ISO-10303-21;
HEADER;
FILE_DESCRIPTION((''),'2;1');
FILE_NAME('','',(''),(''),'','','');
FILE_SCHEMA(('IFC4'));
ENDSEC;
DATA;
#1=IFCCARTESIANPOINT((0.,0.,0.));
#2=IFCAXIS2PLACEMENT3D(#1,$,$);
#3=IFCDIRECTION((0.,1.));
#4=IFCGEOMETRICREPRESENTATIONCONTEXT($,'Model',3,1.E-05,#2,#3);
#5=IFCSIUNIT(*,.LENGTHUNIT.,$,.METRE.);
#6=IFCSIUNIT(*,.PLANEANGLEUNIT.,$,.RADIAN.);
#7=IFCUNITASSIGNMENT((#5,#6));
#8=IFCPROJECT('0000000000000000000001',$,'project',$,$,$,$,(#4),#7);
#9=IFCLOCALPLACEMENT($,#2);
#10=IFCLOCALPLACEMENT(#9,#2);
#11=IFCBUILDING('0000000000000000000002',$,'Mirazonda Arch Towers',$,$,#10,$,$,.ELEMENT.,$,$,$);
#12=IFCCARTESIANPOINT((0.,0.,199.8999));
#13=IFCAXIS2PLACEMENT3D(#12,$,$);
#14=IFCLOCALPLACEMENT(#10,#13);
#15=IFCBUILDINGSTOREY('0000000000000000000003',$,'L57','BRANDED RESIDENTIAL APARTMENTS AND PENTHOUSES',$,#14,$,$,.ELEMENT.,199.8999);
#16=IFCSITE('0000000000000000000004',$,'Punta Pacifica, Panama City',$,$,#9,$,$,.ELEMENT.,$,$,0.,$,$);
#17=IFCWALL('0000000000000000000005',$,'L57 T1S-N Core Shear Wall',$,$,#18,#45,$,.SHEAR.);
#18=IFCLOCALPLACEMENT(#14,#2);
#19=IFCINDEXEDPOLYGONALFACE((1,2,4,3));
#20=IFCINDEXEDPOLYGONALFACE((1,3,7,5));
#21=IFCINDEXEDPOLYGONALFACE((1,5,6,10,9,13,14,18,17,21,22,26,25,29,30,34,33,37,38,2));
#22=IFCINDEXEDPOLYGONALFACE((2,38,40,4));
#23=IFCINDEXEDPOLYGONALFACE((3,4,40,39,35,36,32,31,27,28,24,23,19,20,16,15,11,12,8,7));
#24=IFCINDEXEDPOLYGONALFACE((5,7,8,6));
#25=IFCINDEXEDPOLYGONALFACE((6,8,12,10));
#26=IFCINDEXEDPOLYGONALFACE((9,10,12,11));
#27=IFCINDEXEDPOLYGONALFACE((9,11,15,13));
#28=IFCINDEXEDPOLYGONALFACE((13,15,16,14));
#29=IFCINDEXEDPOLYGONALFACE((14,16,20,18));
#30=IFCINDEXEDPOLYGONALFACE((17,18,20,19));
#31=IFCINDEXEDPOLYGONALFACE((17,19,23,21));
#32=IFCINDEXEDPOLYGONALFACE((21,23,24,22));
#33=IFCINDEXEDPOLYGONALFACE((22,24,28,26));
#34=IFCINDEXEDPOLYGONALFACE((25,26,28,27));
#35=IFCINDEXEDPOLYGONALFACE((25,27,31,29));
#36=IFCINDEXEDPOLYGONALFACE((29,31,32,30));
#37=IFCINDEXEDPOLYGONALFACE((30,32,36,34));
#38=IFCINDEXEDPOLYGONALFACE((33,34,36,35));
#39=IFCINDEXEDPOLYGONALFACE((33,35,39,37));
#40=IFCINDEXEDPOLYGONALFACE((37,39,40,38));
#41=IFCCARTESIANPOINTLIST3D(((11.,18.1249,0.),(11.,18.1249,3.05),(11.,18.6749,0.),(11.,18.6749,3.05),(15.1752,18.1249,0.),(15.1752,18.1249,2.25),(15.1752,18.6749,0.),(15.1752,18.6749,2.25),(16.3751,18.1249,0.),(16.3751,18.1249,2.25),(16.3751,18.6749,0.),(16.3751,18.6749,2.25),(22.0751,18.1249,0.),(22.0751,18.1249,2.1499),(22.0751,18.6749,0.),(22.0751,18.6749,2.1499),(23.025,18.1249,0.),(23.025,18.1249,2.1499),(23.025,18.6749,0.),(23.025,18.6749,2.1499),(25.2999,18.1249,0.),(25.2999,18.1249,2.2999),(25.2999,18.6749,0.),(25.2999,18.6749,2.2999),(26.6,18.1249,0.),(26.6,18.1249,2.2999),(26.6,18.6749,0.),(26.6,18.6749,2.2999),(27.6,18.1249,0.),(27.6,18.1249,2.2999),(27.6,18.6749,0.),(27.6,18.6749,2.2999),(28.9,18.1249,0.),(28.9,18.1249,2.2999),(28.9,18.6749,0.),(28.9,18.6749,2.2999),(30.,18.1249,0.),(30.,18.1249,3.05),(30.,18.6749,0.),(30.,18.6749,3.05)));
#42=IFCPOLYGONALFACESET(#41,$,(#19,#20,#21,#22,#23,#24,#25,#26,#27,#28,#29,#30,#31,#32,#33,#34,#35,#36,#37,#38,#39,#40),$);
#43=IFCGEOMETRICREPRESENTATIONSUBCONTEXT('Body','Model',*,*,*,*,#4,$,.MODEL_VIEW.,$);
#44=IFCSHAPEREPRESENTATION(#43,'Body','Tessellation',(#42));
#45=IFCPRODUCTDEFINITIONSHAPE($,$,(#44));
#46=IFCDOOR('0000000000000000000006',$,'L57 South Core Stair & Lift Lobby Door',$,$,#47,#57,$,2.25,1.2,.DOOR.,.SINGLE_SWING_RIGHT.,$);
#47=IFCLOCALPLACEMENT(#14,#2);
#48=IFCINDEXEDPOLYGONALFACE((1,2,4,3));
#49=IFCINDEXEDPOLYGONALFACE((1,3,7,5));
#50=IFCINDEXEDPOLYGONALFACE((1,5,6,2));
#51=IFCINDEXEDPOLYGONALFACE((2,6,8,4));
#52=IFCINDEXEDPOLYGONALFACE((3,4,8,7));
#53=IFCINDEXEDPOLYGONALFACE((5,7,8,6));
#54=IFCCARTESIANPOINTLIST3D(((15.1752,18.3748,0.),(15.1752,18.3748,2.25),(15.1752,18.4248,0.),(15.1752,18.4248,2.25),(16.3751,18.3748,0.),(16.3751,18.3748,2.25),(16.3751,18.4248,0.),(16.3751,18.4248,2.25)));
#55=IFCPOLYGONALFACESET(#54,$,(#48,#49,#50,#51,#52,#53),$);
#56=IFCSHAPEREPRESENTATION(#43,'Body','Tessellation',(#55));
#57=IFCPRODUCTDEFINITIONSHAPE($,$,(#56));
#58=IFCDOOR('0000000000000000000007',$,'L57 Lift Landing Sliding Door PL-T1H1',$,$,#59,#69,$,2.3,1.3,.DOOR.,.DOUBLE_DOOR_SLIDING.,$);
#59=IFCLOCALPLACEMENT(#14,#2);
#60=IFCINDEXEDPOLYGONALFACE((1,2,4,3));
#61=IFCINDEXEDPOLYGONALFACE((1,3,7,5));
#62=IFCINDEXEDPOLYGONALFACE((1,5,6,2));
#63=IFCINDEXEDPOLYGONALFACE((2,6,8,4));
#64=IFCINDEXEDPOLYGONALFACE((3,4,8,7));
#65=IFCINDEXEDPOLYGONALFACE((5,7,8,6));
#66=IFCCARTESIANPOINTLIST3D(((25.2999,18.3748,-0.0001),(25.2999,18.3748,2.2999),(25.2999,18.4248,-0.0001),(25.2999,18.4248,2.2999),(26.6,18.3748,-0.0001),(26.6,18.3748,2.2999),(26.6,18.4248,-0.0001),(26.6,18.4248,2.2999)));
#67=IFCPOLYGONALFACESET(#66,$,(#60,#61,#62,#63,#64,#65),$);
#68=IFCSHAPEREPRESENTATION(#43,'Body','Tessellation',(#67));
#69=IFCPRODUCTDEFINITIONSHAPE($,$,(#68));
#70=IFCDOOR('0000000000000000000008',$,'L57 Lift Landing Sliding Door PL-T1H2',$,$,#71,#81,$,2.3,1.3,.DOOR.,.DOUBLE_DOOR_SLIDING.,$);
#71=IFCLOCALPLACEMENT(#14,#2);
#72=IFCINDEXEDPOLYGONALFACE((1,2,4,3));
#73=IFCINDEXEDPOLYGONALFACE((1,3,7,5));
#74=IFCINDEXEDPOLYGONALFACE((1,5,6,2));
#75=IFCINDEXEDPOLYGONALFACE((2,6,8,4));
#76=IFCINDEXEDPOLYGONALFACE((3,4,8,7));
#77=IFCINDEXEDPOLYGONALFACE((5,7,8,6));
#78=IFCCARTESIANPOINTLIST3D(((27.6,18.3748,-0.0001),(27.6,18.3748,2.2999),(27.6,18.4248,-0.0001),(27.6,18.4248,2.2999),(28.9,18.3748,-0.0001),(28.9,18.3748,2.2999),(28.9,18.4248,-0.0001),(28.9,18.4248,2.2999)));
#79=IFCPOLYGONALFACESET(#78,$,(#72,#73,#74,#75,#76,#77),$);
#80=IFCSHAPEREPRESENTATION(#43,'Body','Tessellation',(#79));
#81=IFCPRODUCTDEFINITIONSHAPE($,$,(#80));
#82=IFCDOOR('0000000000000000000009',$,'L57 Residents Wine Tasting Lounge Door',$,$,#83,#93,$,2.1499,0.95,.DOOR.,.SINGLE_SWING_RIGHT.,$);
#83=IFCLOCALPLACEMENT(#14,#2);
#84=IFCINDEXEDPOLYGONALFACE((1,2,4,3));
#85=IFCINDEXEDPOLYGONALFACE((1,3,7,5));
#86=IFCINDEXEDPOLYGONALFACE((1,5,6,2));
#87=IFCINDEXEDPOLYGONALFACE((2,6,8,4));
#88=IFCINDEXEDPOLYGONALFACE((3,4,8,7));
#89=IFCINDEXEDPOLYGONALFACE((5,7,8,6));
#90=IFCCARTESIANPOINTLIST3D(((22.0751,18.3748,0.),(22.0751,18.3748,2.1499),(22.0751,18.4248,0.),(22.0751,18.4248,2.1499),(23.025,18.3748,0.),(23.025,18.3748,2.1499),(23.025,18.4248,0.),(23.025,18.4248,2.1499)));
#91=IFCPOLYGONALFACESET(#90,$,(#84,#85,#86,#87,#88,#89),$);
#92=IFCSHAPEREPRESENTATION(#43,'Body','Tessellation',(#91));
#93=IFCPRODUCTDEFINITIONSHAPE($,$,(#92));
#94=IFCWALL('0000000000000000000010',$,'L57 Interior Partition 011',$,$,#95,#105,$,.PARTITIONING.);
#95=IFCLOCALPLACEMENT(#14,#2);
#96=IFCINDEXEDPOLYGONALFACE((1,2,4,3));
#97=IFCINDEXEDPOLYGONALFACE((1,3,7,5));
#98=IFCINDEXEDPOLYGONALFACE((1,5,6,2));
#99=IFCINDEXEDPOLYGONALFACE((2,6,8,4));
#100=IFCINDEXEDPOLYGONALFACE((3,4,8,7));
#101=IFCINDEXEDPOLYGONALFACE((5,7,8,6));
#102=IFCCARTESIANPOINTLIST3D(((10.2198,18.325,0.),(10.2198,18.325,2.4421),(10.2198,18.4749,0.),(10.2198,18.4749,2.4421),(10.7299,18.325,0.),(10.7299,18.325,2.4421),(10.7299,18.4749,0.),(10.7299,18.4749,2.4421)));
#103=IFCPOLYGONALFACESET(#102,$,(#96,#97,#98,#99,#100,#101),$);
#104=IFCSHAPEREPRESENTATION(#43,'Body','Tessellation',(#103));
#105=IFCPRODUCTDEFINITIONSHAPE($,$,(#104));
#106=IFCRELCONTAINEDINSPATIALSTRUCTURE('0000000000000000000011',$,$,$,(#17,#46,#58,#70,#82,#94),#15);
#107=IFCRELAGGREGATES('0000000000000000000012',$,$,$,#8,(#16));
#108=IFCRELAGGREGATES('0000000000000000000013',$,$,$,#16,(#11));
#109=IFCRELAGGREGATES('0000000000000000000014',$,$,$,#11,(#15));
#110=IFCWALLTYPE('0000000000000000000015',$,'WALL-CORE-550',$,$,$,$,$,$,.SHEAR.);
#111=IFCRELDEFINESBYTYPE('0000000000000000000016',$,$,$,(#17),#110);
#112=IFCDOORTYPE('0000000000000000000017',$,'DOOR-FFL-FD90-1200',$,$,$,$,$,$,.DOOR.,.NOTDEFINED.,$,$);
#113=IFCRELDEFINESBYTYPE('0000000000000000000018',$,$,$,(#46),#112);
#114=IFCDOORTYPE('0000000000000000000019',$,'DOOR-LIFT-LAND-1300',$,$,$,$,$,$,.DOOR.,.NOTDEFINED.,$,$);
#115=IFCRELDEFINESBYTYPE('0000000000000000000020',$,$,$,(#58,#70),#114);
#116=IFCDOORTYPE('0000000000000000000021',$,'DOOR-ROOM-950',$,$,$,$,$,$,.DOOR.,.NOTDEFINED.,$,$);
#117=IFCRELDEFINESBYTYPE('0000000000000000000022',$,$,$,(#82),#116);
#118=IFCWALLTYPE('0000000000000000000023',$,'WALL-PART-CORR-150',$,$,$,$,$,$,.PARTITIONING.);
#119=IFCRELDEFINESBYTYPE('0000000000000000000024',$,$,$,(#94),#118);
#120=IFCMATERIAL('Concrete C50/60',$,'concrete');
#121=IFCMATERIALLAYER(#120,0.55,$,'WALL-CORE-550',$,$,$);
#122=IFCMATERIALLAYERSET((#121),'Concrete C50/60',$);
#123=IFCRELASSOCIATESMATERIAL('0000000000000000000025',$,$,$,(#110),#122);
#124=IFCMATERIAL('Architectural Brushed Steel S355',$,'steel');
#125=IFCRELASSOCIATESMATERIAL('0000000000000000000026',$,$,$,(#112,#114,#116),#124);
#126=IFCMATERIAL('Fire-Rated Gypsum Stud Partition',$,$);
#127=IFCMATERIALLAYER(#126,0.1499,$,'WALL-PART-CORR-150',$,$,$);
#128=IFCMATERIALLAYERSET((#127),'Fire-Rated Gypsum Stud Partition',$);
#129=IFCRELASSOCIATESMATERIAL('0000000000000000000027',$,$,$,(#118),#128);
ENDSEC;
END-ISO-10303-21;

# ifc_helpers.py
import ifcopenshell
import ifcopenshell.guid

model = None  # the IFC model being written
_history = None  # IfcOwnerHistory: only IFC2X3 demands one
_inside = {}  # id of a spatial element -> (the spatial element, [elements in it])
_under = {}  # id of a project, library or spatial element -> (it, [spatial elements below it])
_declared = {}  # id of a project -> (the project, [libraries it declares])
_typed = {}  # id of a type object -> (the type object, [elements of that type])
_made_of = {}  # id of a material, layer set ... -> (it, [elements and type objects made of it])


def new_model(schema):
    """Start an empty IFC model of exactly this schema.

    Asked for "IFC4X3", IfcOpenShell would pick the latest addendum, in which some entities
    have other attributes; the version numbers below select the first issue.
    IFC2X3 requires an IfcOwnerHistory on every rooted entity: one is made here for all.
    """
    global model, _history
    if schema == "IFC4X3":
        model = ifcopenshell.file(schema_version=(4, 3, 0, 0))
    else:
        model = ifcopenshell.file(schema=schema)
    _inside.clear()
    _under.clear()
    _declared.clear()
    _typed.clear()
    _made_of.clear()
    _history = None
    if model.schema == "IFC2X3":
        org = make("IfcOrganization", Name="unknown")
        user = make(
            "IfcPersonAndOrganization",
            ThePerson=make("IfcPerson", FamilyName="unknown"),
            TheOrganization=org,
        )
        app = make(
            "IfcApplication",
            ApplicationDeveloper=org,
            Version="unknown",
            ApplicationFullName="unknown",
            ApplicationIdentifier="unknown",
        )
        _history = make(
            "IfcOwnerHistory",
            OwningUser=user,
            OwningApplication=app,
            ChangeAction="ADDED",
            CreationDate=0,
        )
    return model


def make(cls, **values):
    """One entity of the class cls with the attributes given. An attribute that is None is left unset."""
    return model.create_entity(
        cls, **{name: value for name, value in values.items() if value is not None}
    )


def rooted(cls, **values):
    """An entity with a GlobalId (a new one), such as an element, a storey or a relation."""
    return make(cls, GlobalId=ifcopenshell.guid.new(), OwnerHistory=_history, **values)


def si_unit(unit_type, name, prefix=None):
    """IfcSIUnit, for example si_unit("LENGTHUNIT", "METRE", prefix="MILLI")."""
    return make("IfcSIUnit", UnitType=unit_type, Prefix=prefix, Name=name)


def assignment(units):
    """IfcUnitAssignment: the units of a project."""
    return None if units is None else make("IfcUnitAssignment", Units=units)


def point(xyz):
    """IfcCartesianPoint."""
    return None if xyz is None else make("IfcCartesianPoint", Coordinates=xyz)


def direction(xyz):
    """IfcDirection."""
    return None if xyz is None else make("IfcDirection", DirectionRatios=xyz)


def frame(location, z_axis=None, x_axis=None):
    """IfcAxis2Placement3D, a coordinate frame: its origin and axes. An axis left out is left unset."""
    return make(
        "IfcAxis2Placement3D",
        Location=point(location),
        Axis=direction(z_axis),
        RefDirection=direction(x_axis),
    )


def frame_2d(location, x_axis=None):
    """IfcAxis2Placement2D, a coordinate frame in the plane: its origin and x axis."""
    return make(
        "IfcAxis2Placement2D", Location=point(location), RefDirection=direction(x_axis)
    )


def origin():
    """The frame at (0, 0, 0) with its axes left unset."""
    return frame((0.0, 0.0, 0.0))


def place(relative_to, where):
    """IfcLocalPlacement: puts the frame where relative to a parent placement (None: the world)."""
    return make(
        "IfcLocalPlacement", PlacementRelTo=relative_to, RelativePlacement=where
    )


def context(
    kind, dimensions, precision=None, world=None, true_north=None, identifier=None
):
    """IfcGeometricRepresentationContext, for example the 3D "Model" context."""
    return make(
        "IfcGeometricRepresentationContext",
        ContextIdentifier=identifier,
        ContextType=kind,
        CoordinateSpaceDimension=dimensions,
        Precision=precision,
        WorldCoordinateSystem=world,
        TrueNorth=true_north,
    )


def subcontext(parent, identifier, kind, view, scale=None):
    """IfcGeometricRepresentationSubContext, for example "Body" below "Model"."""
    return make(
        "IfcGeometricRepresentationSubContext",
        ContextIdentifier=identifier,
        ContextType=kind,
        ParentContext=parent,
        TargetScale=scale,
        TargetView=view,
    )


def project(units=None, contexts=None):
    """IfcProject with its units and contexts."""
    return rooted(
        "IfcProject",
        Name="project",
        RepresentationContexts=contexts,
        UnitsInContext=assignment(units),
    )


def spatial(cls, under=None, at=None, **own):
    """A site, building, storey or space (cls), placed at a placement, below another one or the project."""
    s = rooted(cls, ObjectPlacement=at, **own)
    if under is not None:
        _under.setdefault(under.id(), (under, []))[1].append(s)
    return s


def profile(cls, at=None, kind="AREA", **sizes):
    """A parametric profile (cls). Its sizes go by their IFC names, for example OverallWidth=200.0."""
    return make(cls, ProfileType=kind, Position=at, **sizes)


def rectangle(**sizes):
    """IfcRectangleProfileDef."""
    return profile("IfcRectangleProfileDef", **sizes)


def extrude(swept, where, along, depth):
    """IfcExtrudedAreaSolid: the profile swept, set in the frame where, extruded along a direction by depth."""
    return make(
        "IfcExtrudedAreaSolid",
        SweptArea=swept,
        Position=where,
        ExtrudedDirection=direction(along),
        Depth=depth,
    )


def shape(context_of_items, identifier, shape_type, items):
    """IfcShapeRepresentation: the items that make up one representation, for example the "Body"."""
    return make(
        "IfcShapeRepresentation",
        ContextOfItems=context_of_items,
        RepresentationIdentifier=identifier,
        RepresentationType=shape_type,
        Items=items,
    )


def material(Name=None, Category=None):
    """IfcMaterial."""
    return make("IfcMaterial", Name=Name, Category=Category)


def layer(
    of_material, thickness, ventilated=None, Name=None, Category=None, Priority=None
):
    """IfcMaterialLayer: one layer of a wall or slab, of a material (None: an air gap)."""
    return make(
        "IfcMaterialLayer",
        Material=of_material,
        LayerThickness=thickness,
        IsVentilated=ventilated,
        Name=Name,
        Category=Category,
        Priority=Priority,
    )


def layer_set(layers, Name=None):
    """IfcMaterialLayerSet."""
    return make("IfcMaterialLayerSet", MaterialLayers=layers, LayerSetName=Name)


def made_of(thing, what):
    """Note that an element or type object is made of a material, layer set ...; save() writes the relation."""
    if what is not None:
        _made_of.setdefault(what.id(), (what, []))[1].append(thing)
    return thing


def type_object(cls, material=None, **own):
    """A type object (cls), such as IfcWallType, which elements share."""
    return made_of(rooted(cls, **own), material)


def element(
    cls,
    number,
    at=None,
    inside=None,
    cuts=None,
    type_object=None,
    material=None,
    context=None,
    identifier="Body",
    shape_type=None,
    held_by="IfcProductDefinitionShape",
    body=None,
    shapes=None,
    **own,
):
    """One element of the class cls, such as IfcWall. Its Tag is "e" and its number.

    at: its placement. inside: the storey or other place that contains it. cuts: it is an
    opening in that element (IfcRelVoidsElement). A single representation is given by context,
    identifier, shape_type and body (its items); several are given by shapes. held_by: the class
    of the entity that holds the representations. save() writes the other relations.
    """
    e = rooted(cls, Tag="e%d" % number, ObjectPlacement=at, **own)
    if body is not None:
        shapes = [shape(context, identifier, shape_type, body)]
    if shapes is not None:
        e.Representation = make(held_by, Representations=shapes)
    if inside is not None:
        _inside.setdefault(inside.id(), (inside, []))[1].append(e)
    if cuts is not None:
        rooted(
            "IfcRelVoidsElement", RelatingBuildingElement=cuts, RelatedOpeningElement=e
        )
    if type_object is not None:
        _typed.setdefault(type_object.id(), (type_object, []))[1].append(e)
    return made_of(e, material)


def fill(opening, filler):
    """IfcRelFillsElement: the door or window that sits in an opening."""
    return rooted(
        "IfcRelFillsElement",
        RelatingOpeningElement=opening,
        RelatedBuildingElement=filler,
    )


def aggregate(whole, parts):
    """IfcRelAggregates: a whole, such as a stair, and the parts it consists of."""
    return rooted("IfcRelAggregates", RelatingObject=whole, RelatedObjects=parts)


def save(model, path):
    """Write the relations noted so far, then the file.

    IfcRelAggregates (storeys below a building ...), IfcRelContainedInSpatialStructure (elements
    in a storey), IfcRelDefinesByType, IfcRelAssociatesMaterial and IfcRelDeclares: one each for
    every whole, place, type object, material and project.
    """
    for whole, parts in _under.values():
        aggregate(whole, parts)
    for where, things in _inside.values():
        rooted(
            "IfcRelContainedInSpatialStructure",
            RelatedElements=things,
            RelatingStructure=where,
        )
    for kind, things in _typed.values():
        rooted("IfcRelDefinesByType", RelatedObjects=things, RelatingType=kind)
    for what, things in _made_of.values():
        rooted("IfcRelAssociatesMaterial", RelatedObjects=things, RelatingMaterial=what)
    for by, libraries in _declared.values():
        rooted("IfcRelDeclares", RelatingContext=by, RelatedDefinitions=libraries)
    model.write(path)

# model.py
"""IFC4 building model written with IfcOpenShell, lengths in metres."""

from ifc_helpers import new_model, si_unit, direction, frame, frame_2d, origin, place, context, subcontext, project, spatial, rectangle, extrude, material, layer, layer_set, type_object, element, fill, save


model = new_model("IFC4")

# Units and contexts
model_context = context("Model", 3, precision=1e-05, world=origin(), true_north=direction((0.0, 1.0)))
body_context = subcontext(model_context, "Body", "Model", "MODEL_VIEW")
ifc_project = project(units=[si_unit("LENGTHUNIT", "METRE"), si_unit("PLANEANGLEUNIT", "RADIAN")], contexts=[model_context])

# Site, building, storey
site_placement = place(None, origin())
site = spatial("IfcSite", under=ifc_project, at=site_placement, Name="Punta Pacifica, Panama City", CompositionType="ELEMENT", RefElevation=0.0)
building_placement = place(site_placement, origin())
building = spatial("IfcBuilding", under=site, at=building_placement, Name="Mirazonda Arch Towers", CompositionType="ELEMENT")
storey_placement = place(building_placement, frame((0.0, 0.0, 199.8999)))
storey = spatial("IfcBuildingStorey", under=building, at=storey_placement, Name="L57", Description="BRANDED RESIDENTIAL APARTMENTS AND PENTHOUSES", CompositionType="ELEMENT", Elevation=199.8999)

# Shared definitions
ifc_material_1 = material(Name="Concrete C50/60", Category="concrete")

# Shared definitions
ifc_material_2 = material(Name="Architectural Brushed Steel S355", Category="steel")

# Wall, openings, doors
ifc_layer_1 = layer(ifc_material_1, 0.55, Name="WALL-CORE-550")
ifc_layer_set_1 = layer_set([ifc_layer_1], Name="Concrete C50/60")
wall_type_1 = type_object("IfcWallType", Name="WALL-CORE-550", PredefinedType="SHEAR", material=ifc_layer_set_1)
wall_1_placement = place(storey_placement, frame((11.0, 18.3999, 0.0), z_axis=(0.0, 0.0, 1.0), x_axis=(1.0, 0.0, 0.0)))
wall_1 = element("IfcWall", 1, at=wall_1_placement, inside=storey, type_object=wall_type_1, Name="L57 T1S-N Core Shear Wall", PredefinedType="SHEAR", context=body_context, shape_type="SweptSolid", body=[
    extrude(rectangle(XDim=19.0, YDim=0.55, at=frame_2d((9.5, 0.0))), origin(), (0.0, 0.0, 1.0), 3.05),
])
opening_1_placement = place(wall_1_placement, frame((4.175, 0.0, 0.0)))
opening_1 = element("IfcOpeningElement", 2, at=opening_1_placement, cuts=wall_1, PredefinedType="OPENING", context=body_context, shape_type="SweptSolid", body=[
    extrude(rectangle(XDim=1.2, YDim=2.25, at=frame_2d((0.6001, 1.125))), frame((0.0, 0.2849, 0.0), z_axis=(0.0, -1.0, 0.0), x_axis=(1.0, 0.0, 0.0)), (0.0, 0.0, 1.0), 0.5701),
])
opening_2_placement = place(wall_1_placement, frame((11.075, 0.0, 0.0)))
opening_2 = element("IfcOpeningElement", 3, at=opening_2_placement, cuts=wall_1, PredefinedType="OPENING", context=body_context, shape_type="SweptSolid", body=[
    extrude(rectangle(XDim=0.95, YDim=2.1499, at=frame_2d((0.4751, 1.075))), frame((0.0, 0.2849, 0.0), z_axis=(0.0, -1.0, 0.0), x_axis=(1.0, 0.0, 0.0)), (0.0, 0.0, 1.0), 0.5701),
])
opening_3_placement = place(wall_1_placement, frame((14.3, 0.0, 0.0)))
opening_3 = element("IfcOpeningElement", 4, at=opening_3_placement, cuts=wall_1, PredefinedType="OPENING", context=body_context, shape_type="SweptSolid", body=[
    extrude(rectangle(XDim=1.3, YDim=2.3, at=frame_2d((0.6499, 1.1499))), frame((0.0, 0.2849, 0.0), z_axis=(0.0, -1.0, 0.0), x_axis=(1.0, 0.0, 0.0)), (0.0, 0.0, 1.0), 0.5701),
])
opening_4_placement = place(wall_1_placement, frame((16.6001, 0.0, 0.0)))
opening_4 = element("IfcOpeningElement", 5, at=opening_4_placement, cuts=wall_1, PredefinedType="OPENING", context=body_context, shape_type="SweptSolid", body=[
    extrude(rectangle(XDim=1.3, YDim=2.3, at=frame_2d((0.6499, 1.1499))), frame((0.0, 0.2849, 0.0), z_axis=(0.0, -1.0, 0.0), x_axis=(1.0, 0.0, 0.0)), (0.0, 0.0, 1.0), 0.5701),
])
door_type_1 = type_object("IfcDoorType", Name="DOOR-FFL-FD90-1200", OperationType="NOTDEFINED", PredefinedType="DOOR", material=ifc_material_2)
door_1_placement = place(opening_1_placement, origin())
door_1 = element("IfcDoor", 6, at=door_1_placement, inside=storey, type_object=door_type_1, Name="L57 South Core Stair & Lift Lobby Door", OperationType="SINGLE_SWING_RIGHT", OverallHeight=2.25, OverallWidth=1.2, PredefinedType="DOOR", context=body_context, shape_type="SweptSolid", body=[
    extrude(rectangle(XDim=1.2, YDim=2.25, at=frame_2d((0.6001, 1.125))), frame((0.0, 0.0249, 0.0), z_axis=(0.0, -1.0, 0.0), x_axis=(1.0, 0.0, 0.0)), (0.0, 0.0, 1.0), 0.05),
])
fill(opening_1, door_1)
door_type_2 = type_object("IfcDoorType", Name="DOOR-LIFT-LAND-1300", OperationType="NOTDEFINED", PredefinedType="DOOR", material=ifc_material_2)
door_2_placement = place(opening_3_placement, origin())
door_2 = element("IfcDoor", 7, at=door_2_placement, inside=storey, type_object=door_type_2, Name="L57 Lift Landing Sliding Door PL-T1H1", OperationType="DOUBLE_DOOR_SLIDING", OverallHeight=2.3, OverallWidth=1.3, PredefinedType="DOOR", context=body_context, shape_type="SweptSolid", body=[
    extrude(rectangle(XDim=1.3, YDim=2.3, at=frame_2d((0.6499, 1.1499))), frame((0.0, 0.0249, 0.0), z_axis=(0.0, -1.0, 0.0), x_axis=(1.0, 0.0, 0.0)), (0.0, 0.0, 1.0), 0.05),
])
fill(opening_3, door_2)
door_3_placement = place(opening_4_placement, origin())
door_3 = element("IfcDoor", 8, at=door_3_placement, inside=storey, type_object=door_type_2, Name="L57 Lift Landing Sliding Door PL-T1H2", OperationType="DOUBLE_DOOR_SLIDING", OverallHeight=2.3, OverallWidth=1.3, PredefinedType="DOOR", context=body_context, shape_type="SweptSolid", body=[
    extrude(rectangle(XDim=1.3, YDim=2.3, at=frame_2d((0.6499, 1.1499))), frame((0.0, 0.0249, 0.0), z_axis=(0.0, -1.0, 0.0), x_axis=(1.0, 0.0, 0.0)), (0.0, 0.0, 1.0), 0.05),
])
fill(opening_4, door_3)
door_type_3 = type_object("IfcDoorType", Name="DOOR-ROOM-950", OperationType="NOTDEFINED", PredefinedType="DOOR", material=ifc_material_2)
door_4_placement = place(opening_2_placement, origin())
door_4 = element("IfcDoor", 9, at=door_4_placement, inside=storey, type_object=door_type_3, Name="L57 Residents Wine Tasting Lounge Door", OperationType="SINGLE_SWING_RIGHT", OverallHeight=2.1499, OverallWidth=0.95, PredefinedType="DOOR", context=body_context, shape_type="SweptSolid", body=[
    extrude(rectangle(XDim=0.95, YDim=2.1499, at=frame_2d((0.4751, 1.075))), frame((0.0, 0.0249, 0.0), z_axis=(0.0, -1.0, 0.0), x_axis=(1.0, 0.0, 0.0)), (0.0, 0.0, 1.0), 0.05),
])
fill(opening_2, door_4)

# Wall
ifc_material_3 = material(Name="Fire-Rated Gypsum Stud Partition")
ifc_layer_2 = layer(ifc_material_3, 0.1499, Name="WALL-PART-CORR-150")
ifc_layer_set_2 = layer_set([ifc_layer_2], Name="Fire-Rated Gypsum Stud Partition")
wall_type_2 = type_object("IfcWallType", Name="WALL-PART-CORR-150", PredefinedType="PARTITIONING", material=ifc_layer_set_2)
wall_2_placement = place(storey_placement, frame((10.22, 18.3999, 0.0), z_axis=(0.0, 0.0, 1.0), x_axis=(1.0, 0.0, 0.0)))
element("IfcWall", 10, at=wall_2_placement, inside=storey, type_object=wall_type_2, Name="L57 Interior Partition 011", PredefinedType="PARTITIONING", context=body_context, shape_type="SweptSolid", body=[
    extrude(rectangle(XDim=0.51, YDim=0.1499, at=frame_2d((0.2549, 0.0))), origin(), (0.0, 0.0, 1.0), 2.4421),
])

save(model, "model.ifc")
